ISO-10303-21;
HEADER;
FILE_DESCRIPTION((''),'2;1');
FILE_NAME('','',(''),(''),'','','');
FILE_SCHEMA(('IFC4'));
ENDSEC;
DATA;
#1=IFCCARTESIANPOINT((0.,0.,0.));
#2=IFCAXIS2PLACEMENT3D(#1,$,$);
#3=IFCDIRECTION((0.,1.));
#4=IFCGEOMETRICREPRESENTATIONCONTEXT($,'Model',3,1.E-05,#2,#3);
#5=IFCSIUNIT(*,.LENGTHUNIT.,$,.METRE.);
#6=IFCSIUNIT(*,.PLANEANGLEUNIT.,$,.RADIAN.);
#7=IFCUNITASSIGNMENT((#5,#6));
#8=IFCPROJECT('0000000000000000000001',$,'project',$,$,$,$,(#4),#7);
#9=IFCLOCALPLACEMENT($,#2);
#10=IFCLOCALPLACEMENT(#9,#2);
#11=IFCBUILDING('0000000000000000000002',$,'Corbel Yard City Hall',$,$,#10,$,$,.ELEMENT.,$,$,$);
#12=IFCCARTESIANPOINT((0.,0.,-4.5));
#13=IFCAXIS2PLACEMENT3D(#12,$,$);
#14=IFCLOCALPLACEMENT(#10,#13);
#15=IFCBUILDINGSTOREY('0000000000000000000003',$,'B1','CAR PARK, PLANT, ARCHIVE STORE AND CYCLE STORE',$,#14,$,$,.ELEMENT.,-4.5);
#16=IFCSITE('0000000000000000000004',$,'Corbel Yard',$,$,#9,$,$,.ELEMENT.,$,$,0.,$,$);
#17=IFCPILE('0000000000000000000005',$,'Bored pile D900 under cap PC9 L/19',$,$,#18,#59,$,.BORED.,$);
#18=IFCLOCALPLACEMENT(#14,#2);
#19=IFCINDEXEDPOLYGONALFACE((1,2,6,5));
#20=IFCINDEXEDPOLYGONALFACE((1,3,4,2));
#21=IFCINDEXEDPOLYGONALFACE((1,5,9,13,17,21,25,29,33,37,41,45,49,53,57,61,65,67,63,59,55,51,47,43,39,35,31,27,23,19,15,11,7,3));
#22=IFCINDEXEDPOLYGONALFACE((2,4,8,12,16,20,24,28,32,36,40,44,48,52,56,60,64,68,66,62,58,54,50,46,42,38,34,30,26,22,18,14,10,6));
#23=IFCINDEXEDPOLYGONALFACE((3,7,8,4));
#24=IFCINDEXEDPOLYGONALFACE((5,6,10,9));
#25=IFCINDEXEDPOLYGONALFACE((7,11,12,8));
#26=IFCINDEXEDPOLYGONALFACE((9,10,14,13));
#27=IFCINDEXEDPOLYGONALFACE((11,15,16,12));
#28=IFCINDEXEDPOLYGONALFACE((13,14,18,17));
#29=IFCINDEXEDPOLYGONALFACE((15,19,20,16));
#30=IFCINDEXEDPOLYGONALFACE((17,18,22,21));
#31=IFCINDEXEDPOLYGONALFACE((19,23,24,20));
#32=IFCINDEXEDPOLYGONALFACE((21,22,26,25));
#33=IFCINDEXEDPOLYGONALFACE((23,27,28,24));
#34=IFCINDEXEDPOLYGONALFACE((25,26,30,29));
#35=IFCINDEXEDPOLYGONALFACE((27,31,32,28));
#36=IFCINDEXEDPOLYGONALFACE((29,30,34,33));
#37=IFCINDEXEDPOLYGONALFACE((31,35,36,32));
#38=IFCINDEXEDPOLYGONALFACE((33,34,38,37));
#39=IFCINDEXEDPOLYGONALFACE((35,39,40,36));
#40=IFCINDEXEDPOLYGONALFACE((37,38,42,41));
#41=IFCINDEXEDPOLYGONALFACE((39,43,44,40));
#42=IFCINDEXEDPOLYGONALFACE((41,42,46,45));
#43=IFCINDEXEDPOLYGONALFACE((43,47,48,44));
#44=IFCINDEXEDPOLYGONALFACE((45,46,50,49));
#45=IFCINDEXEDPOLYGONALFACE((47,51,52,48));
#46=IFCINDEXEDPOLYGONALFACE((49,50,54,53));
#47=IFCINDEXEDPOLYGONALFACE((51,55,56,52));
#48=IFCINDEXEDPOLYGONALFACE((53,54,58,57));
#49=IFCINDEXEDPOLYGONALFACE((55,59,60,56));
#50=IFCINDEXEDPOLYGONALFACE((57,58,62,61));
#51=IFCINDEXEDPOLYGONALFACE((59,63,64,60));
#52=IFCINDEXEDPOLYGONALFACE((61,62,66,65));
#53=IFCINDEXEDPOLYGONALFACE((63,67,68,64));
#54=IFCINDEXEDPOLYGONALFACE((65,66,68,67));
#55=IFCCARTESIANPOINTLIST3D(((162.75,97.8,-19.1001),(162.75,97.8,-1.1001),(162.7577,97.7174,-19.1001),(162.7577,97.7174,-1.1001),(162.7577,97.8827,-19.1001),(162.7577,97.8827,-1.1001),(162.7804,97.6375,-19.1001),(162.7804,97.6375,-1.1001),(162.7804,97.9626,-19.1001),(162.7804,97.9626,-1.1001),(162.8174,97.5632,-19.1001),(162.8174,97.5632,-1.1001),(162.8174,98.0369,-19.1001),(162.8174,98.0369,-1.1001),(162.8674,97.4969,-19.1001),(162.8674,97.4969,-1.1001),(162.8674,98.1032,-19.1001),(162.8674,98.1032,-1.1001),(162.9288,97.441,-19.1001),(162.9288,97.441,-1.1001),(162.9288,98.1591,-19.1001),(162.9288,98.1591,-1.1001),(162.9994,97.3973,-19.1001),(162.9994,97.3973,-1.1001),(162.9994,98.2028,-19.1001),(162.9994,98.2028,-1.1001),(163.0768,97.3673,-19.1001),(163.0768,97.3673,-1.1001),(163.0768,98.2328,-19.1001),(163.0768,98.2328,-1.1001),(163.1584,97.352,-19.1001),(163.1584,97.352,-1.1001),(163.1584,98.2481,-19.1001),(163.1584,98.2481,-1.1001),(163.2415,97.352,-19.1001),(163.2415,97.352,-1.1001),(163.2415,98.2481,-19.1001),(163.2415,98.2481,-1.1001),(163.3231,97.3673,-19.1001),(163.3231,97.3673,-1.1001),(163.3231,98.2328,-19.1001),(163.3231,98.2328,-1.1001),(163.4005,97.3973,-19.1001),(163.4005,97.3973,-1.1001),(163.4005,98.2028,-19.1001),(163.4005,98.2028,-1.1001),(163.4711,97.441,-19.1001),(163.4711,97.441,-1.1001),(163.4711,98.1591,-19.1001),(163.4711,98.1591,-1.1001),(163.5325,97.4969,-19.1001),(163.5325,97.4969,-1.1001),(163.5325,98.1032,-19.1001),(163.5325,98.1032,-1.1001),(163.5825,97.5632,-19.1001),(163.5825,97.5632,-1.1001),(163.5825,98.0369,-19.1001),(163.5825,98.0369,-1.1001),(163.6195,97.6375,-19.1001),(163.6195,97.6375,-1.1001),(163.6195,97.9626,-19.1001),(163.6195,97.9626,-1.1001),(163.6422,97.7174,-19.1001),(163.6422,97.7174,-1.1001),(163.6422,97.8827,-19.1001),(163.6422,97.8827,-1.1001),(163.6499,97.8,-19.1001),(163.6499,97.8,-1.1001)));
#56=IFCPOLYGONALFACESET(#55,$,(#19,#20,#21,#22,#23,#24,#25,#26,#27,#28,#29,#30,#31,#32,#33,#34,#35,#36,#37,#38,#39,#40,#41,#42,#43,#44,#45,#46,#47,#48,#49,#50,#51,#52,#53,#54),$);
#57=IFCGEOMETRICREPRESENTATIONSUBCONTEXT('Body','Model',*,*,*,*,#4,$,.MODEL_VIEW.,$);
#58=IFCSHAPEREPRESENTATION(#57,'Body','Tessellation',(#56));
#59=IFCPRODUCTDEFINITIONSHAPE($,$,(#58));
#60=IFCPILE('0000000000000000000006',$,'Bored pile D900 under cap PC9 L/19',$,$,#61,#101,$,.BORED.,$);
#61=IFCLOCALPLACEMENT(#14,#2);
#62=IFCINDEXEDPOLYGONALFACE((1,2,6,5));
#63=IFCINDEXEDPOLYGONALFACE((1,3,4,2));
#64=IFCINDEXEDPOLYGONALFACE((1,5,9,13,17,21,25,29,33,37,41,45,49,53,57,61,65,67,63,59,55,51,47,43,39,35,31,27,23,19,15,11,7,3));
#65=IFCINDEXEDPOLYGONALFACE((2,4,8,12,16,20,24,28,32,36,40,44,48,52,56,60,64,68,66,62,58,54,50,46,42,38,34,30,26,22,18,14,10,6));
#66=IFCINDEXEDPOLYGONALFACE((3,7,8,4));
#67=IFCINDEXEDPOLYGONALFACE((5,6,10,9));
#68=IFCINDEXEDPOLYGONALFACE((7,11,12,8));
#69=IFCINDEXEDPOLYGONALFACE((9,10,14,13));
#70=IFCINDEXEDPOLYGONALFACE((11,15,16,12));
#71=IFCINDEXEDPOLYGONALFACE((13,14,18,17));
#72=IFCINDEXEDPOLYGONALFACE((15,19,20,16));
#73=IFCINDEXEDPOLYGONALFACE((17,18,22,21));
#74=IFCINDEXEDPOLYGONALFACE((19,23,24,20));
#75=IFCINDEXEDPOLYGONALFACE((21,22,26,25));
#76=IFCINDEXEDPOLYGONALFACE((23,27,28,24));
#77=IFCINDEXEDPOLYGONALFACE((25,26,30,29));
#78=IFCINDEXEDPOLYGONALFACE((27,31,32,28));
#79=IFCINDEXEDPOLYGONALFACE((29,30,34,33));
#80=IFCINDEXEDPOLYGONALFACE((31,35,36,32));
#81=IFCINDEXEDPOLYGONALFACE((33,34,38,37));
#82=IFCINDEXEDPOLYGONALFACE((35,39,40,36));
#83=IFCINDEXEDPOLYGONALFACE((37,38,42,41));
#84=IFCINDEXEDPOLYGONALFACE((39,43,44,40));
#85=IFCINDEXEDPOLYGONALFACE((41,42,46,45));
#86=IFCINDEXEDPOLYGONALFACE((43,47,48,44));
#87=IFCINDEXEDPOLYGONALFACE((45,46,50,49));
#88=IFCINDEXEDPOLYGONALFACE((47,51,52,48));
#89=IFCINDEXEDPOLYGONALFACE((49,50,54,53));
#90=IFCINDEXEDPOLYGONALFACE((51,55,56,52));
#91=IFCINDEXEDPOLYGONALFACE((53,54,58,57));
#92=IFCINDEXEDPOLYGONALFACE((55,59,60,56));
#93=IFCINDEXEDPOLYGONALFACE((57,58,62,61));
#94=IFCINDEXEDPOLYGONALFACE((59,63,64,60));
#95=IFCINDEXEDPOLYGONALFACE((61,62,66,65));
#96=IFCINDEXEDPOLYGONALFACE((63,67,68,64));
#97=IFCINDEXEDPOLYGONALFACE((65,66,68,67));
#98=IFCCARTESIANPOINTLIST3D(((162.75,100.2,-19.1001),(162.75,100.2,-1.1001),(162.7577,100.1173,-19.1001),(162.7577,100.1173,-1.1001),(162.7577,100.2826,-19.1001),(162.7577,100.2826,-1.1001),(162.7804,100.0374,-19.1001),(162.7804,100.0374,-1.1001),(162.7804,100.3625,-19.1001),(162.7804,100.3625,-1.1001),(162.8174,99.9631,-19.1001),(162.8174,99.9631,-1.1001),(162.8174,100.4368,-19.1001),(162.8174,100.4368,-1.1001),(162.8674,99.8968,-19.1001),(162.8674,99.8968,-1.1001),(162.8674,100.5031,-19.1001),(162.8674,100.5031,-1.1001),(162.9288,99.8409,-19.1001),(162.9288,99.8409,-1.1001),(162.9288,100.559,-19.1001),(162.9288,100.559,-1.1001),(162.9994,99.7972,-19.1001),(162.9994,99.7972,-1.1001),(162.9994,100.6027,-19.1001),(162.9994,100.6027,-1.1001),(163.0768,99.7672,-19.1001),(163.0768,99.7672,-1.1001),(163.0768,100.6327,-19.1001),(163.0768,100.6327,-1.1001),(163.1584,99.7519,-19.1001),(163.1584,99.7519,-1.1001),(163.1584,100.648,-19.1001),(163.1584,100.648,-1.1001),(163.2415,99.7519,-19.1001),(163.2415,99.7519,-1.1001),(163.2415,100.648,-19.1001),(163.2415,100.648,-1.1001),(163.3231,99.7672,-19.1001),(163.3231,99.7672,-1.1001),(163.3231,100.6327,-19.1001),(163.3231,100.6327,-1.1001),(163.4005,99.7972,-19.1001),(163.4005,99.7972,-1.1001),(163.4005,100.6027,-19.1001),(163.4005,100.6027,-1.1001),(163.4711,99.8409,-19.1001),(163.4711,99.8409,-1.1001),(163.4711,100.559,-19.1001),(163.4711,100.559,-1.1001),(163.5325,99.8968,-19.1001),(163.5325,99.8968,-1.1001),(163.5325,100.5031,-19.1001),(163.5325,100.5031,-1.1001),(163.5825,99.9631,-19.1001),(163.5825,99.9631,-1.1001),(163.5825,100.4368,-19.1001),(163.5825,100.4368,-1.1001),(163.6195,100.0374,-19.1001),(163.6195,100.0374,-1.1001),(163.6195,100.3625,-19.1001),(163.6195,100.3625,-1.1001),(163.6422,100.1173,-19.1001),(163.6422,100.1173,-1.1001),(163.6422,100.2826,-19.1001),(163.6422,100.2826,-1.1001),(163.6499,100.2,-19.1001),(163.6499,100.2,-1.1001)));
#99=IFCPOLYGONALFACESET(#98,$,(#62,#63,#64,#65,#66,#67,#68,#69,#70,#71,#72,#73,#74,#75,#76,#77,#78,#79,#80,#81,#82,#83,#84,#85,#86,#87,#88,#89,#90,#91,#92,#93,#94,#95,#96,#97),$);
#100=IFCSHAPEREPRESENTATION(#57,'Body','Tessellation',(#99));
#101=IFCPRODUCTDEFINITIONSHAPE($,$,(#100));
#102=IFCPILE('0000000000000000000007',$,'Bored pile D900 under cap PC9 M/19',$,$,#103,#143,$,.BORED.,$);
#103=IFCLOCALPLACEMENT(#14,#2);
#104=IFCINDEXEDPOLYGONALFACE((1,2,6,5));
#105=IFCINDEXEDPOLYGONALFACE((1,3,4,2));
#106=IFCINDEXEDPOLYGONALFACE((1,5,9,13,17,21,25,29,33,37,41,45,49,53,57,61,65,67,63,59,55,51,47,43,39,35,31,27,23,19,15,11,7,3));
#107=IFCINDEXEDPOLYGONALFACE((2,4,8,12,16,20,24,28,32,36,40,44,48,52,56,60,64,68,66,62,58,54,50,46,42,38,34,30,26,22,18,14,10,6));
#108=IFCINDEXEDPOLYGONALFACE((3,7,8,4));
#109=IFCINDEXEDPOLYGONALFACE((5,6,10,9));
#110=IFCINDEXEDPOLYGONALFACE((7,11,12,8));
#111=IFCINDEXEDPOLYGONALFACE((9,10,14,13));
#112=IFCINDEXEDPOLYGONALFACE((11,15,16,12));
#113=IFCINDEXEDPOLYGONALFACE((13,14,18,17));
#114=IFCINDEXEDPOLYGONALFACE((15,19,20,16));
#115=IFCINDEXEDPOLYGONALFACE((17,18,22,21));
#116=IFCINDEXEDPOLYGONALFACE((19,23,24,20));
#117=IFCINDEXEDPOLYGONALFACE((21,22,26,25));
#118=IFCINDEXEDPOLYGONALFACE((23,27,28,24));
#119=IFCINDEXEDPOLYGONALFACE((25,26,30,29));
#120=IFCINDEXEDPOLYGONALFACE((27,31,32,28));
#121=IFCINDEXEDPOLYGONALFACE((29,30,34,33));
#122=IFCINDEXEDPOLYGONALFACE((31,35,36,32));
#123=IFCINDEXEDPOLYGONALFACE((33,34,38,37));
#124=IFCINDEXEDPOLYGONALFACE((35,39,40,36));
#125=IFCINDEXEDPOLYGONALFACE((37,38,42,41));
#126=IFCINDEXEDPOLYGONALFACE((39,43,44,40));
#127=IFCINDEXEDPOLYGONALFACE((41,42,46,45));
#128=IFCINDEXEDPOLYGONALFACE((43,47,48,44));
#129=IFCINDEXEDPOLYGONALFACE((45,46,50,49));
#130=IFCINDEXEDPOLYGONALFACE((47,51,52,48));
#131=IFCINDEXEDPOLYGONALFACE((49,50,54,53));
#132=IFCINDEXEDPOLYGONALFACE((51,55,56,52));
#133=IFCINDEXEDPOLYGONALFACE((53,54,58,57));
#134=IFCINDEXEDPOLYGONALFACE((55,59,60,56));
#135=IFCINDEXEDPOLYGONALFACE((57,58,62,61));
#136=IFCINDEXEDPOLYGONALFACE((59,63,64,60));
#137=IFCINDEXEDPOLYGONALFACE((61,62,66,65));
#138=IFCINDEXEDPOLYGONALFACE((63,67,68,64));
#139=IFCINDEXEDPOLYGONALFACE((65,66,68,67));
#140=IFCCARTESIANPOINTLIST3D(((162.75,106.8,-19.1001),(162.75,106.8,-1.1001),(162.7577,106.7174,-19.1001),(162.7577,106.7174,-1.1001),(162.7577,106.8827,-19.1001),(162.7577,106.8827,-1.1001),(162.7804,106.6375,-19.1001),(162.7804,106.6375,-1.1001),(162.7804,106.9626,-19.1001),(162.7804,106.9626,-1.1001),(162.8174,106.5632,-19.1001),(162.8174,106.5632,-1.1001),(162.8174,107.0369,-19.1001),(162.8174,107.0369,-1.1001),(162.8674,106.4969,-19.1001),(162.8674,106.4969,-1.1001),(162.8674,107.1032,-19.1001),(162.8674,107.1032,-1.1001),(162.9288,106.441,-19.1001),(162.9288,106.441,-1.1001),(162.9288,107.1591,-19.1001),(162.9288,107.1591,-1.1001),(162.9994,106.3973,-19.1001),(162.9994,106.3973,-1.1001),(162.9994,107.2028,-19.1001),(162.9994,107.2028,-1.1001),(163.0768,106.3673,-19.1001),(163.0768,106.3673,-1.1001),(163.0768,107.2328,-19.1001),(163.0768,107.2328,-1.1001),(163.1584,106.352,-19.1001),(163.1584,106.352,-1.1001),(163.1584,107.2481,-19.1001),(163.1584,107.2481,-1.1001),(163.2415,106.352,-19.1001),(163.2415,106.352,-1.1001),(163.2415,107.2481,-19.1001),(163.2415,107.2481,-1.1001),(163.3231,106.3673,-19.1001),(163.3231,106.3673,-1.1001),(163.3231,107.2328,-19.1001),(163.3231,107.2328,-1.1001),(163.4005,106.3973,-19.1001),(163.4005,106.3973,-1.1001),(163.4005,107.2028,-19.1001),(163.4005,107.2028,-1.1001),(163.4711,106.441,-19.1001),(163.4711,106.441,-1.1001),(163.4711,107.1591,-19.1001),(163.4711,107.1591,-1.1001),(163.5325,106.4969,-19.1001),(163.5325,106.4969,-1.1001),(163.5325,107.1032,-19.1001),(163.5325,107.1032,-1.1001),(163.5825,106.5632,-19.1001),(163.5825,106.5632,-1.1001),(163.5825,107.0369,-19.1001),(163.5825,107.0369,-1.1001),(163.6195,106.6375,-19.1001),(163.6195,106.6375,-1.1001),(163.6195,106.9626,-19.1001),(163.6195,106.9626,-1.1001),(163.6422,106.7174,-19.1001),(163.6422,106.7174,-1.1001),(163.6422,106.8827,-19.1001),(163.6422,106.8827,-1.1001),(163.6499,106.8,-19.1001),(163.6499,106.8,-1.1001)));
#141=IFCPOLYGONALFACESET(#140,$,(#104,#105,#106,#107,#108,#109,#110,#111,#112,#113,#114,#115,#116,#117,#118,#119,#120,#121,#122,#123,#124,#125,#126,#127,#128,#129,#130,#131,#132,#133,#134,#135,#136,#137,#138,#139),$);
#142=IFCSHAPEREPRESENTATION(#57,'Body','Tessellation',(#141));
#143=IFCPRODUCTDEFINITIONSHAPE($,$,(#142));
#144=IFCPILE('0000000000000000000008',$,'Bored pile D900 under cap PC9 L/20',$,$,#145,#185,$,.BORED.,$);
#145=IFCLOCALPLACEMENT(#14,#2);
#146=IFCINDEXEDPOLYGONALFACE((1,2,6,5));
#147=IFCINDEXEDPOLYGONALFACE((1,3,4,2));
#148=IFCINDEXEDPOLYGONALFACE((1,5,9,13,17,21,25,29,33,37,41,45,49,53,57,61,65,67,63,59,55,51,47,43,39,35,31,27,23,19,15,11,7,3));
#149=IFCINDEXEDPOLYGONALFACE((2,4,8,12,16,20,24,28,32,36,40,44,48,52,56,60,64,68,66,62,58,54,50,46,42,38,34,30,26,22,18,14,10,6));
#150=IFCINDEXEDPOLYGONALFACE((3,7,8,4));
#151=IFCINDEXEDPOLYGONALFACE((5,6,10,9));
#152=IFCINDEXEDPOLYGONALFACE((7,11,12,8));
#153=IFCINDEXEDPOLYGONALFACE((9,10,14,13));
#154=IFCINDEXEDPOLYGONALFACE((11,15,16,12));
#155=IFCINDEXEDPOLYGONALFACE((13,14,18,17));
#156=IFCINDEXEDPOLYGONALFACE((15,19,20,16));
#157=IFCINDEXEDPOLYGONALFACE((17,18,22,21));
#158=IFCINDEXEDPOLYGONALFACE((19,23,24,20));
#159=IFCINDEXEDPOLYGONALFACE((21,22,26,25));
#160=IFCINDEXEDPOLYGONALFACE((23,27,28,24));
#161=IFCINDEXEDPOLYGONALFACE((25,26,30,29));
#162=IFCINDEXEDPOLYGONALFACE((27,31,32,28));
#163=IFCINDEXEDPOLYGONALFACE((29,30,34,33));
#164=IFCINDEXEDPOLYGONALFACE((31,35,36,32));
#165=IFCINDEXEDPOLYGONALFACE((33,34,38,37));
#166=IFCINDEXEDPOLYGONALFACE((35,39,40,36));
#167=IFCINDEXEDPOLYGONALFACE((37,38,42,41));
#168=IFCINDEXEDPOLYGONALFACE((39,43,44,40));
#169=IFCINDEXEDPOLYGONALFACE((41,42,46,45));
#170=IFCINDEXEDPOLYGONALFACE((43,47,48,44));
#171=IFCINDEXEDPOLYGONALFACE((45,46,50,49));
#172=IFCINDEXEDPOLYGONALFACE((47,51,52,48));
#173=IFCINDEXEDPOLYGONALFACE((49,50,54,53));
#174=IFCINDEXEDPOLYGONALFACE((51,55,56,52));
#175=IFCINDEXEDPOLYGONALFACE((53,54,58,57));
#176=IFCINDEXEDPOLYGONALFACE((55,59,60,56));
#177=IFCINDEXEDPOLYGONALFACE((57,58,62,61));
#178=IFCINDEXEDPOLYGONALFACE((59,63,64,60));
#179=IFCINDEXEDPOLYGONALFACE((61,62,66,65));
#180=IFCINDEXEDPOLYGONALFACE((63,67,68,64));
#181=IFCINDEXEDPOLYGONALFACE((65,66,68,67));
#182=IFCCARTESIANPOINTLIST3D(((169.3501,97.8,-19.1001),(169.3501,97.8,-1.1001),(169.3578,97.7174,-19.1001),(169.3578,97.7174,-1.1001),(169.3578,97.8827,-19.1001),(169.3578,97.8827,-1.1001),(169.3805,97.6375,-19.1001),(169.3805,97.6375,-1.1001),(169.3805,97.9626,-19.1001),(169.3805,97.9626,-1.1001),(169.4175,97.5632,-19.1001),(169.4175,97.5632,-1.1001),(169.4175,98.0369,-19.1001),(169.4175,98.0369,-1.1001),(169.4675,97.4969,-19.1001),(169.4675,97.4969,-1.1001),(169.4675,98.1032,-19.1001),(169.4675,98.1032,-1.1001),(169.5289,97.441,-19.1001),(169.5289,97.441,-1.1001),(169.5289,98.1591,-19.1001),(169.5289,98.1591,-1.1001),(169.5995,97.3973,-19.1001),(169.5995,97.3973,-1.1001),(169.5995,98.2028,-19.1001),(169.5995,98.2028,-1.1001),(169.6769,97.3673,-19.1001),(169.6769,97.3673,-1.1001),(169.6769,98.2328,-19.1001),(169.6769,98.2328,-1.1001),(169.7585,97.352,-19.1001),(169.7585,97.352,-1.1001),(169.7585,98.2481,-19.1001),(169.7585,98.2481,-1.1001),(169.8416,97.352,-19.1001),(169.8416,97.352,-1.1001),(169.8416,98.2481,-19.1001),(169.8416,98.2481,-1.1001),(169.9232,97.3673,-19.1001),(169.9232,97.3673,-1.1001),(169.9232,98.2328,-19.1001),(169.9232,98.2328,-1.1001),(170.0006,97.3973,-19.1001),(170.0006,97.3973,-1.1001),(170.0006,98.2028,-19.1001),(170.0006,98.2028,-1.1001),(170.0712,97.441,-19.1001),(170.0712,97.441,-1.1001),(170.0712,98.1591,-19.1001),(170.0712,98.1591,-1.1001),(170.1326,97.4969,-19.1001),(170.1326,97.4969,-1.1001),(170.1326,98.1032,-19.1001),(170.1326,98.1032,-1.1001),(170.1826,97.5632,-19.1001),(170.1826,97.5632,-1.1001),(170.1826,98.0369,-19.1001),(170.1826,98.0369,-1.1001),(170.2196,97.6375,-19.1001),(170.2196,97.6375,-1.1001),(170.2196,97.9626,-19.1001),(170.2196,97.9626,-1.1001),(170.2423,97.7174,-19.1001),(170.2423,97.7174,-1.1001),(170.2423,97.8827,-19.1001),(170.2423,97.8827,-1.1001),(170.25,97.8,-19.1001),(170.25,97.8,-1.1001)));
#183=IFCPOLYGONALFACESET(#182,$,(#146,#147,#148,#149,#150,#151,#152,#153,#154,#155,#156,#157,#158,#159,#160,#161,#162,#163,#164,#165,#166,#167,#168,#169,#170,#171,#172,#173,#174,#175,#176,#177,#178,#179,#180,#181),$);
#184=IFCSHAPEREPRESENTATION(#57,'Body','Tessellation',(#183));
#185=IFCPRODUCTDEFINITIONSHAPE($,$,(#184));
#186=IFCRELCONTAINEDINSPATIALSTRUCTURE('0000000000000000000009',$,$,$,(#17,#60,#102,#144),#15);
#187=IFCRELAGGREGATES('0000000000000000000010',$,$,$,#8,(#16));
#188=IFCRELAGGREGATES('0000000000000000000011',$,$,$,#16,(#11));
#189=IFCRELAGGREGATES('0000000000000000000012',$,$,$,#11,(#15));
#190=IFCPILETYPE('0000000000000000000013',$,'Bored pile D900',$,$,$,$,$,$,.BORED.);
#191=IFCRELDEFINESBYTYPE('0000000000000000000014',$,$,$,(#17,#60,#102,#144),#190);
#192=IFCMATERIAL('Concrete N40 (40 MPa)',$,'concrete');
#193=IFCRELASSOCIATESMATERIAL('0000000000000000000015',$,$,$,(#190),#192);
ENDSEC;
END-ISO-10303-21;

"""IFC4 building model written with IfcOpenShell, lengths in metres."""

from ifc_helpers import new_model, si_unit, direction, frame, origin, origin_2d, place, context, subcontext, project, spatial, circle, extrude, material, material_profile, profile_set, type_object, element, save


model = new_model("IFC4")

# Units and contexts
model_context = context("Model", 3, precision=1e-05, world=origin(), true_north=direction((0.0, 1.0)))
body_context = subcontext(model_context, "Body", "Model", "MODEL_VIEW")
ifc_project = project(units=[si_unit("LENGTHUNIT", "METRE"), si_unit("PLANEANGLEUNIT", "RADIAN")], contexts=[model_context])

# Site, building, storey
site_placement = place(None, origin())
site = spatial("IfcSite", under=ifc_project, at=site_placement, Name="Corbel Yard", CompositionType="ELEMENT", RefElevation=0.0)
building_placement = place(site_placement, origin())
building = spatial("IfcBuilding", under=site, at=building_placement, Name="Corbel Yard City Hall", CompositionType="ELEMENT")
storey_placement = place(building_placement, frame((0.0, 0.0, -4.5)))
storey = spatial("IfcBuildingStorey", under=building, at=storey_placement, Name="B1", Description="CAR PARK, PLANT, ARCHIVE STORE AND CYCLE STORE", CompositionType="ELEMENT", Elevation=-4.5)

# Piles
ifc_material_1 = material(Name="Concrete N40 (40 MPa)", Category="concrete")
ifc_material_profile_1 = material_profile(ifc_material_1, circle(Radius=0.45, at=origin_2d()), Name="D900")
ifc_profile_set_1 = profile_set([ifc_material_profile_1], Name="Concrete N40 (40 MPa)")
pile_type = type_object("IfcPileType", Name="Bored pile D900", PredefinedType="BORED", material=ifc_profile_set_1)
for number, where, z_axis, x_axis, name in (
    (1, (163.2, 97.8, -1.1001), (0.0, 0.0, -1.0), (1.0, 0.0, 0.0), "Bored pile D900 under cap PC9 L/19"),
    (2, (163.2, 100.2, -1.1001), (0.0, 0.0, -1.0), (1.0, 0.0, 0.0), "Bored pile D900 under cap PC9 L/19"),
    (3, (163.2, 106.8, -1.1001), (0.0, 0.0, -1.0), (1.0, 0.0, 0.0), "Bored pile D900 under cap PC9 M/19"),
    (4, (169.8, 97.8, -1.1001), (0.0, 0.0, -1.0), (1.0, 0.0, 0.0), "Bored pile D900 under cap PC9 L/20"),
):
    element("IfcPile", number, at=place(storey_placement, frame(where, z_axis=z_axis, x_axis=x_axis)), inside=storey, type_object=pile_type, Name=name, PredefinedType="BORED", context=body_context, shape_type="SweptSolid", body=[
        extrude(circle(Radius=0.45, at=origin_2d()), origin(), (0.0, 0.0, 1.0), 18.0),
    ])

save(model, "model.ifc")
